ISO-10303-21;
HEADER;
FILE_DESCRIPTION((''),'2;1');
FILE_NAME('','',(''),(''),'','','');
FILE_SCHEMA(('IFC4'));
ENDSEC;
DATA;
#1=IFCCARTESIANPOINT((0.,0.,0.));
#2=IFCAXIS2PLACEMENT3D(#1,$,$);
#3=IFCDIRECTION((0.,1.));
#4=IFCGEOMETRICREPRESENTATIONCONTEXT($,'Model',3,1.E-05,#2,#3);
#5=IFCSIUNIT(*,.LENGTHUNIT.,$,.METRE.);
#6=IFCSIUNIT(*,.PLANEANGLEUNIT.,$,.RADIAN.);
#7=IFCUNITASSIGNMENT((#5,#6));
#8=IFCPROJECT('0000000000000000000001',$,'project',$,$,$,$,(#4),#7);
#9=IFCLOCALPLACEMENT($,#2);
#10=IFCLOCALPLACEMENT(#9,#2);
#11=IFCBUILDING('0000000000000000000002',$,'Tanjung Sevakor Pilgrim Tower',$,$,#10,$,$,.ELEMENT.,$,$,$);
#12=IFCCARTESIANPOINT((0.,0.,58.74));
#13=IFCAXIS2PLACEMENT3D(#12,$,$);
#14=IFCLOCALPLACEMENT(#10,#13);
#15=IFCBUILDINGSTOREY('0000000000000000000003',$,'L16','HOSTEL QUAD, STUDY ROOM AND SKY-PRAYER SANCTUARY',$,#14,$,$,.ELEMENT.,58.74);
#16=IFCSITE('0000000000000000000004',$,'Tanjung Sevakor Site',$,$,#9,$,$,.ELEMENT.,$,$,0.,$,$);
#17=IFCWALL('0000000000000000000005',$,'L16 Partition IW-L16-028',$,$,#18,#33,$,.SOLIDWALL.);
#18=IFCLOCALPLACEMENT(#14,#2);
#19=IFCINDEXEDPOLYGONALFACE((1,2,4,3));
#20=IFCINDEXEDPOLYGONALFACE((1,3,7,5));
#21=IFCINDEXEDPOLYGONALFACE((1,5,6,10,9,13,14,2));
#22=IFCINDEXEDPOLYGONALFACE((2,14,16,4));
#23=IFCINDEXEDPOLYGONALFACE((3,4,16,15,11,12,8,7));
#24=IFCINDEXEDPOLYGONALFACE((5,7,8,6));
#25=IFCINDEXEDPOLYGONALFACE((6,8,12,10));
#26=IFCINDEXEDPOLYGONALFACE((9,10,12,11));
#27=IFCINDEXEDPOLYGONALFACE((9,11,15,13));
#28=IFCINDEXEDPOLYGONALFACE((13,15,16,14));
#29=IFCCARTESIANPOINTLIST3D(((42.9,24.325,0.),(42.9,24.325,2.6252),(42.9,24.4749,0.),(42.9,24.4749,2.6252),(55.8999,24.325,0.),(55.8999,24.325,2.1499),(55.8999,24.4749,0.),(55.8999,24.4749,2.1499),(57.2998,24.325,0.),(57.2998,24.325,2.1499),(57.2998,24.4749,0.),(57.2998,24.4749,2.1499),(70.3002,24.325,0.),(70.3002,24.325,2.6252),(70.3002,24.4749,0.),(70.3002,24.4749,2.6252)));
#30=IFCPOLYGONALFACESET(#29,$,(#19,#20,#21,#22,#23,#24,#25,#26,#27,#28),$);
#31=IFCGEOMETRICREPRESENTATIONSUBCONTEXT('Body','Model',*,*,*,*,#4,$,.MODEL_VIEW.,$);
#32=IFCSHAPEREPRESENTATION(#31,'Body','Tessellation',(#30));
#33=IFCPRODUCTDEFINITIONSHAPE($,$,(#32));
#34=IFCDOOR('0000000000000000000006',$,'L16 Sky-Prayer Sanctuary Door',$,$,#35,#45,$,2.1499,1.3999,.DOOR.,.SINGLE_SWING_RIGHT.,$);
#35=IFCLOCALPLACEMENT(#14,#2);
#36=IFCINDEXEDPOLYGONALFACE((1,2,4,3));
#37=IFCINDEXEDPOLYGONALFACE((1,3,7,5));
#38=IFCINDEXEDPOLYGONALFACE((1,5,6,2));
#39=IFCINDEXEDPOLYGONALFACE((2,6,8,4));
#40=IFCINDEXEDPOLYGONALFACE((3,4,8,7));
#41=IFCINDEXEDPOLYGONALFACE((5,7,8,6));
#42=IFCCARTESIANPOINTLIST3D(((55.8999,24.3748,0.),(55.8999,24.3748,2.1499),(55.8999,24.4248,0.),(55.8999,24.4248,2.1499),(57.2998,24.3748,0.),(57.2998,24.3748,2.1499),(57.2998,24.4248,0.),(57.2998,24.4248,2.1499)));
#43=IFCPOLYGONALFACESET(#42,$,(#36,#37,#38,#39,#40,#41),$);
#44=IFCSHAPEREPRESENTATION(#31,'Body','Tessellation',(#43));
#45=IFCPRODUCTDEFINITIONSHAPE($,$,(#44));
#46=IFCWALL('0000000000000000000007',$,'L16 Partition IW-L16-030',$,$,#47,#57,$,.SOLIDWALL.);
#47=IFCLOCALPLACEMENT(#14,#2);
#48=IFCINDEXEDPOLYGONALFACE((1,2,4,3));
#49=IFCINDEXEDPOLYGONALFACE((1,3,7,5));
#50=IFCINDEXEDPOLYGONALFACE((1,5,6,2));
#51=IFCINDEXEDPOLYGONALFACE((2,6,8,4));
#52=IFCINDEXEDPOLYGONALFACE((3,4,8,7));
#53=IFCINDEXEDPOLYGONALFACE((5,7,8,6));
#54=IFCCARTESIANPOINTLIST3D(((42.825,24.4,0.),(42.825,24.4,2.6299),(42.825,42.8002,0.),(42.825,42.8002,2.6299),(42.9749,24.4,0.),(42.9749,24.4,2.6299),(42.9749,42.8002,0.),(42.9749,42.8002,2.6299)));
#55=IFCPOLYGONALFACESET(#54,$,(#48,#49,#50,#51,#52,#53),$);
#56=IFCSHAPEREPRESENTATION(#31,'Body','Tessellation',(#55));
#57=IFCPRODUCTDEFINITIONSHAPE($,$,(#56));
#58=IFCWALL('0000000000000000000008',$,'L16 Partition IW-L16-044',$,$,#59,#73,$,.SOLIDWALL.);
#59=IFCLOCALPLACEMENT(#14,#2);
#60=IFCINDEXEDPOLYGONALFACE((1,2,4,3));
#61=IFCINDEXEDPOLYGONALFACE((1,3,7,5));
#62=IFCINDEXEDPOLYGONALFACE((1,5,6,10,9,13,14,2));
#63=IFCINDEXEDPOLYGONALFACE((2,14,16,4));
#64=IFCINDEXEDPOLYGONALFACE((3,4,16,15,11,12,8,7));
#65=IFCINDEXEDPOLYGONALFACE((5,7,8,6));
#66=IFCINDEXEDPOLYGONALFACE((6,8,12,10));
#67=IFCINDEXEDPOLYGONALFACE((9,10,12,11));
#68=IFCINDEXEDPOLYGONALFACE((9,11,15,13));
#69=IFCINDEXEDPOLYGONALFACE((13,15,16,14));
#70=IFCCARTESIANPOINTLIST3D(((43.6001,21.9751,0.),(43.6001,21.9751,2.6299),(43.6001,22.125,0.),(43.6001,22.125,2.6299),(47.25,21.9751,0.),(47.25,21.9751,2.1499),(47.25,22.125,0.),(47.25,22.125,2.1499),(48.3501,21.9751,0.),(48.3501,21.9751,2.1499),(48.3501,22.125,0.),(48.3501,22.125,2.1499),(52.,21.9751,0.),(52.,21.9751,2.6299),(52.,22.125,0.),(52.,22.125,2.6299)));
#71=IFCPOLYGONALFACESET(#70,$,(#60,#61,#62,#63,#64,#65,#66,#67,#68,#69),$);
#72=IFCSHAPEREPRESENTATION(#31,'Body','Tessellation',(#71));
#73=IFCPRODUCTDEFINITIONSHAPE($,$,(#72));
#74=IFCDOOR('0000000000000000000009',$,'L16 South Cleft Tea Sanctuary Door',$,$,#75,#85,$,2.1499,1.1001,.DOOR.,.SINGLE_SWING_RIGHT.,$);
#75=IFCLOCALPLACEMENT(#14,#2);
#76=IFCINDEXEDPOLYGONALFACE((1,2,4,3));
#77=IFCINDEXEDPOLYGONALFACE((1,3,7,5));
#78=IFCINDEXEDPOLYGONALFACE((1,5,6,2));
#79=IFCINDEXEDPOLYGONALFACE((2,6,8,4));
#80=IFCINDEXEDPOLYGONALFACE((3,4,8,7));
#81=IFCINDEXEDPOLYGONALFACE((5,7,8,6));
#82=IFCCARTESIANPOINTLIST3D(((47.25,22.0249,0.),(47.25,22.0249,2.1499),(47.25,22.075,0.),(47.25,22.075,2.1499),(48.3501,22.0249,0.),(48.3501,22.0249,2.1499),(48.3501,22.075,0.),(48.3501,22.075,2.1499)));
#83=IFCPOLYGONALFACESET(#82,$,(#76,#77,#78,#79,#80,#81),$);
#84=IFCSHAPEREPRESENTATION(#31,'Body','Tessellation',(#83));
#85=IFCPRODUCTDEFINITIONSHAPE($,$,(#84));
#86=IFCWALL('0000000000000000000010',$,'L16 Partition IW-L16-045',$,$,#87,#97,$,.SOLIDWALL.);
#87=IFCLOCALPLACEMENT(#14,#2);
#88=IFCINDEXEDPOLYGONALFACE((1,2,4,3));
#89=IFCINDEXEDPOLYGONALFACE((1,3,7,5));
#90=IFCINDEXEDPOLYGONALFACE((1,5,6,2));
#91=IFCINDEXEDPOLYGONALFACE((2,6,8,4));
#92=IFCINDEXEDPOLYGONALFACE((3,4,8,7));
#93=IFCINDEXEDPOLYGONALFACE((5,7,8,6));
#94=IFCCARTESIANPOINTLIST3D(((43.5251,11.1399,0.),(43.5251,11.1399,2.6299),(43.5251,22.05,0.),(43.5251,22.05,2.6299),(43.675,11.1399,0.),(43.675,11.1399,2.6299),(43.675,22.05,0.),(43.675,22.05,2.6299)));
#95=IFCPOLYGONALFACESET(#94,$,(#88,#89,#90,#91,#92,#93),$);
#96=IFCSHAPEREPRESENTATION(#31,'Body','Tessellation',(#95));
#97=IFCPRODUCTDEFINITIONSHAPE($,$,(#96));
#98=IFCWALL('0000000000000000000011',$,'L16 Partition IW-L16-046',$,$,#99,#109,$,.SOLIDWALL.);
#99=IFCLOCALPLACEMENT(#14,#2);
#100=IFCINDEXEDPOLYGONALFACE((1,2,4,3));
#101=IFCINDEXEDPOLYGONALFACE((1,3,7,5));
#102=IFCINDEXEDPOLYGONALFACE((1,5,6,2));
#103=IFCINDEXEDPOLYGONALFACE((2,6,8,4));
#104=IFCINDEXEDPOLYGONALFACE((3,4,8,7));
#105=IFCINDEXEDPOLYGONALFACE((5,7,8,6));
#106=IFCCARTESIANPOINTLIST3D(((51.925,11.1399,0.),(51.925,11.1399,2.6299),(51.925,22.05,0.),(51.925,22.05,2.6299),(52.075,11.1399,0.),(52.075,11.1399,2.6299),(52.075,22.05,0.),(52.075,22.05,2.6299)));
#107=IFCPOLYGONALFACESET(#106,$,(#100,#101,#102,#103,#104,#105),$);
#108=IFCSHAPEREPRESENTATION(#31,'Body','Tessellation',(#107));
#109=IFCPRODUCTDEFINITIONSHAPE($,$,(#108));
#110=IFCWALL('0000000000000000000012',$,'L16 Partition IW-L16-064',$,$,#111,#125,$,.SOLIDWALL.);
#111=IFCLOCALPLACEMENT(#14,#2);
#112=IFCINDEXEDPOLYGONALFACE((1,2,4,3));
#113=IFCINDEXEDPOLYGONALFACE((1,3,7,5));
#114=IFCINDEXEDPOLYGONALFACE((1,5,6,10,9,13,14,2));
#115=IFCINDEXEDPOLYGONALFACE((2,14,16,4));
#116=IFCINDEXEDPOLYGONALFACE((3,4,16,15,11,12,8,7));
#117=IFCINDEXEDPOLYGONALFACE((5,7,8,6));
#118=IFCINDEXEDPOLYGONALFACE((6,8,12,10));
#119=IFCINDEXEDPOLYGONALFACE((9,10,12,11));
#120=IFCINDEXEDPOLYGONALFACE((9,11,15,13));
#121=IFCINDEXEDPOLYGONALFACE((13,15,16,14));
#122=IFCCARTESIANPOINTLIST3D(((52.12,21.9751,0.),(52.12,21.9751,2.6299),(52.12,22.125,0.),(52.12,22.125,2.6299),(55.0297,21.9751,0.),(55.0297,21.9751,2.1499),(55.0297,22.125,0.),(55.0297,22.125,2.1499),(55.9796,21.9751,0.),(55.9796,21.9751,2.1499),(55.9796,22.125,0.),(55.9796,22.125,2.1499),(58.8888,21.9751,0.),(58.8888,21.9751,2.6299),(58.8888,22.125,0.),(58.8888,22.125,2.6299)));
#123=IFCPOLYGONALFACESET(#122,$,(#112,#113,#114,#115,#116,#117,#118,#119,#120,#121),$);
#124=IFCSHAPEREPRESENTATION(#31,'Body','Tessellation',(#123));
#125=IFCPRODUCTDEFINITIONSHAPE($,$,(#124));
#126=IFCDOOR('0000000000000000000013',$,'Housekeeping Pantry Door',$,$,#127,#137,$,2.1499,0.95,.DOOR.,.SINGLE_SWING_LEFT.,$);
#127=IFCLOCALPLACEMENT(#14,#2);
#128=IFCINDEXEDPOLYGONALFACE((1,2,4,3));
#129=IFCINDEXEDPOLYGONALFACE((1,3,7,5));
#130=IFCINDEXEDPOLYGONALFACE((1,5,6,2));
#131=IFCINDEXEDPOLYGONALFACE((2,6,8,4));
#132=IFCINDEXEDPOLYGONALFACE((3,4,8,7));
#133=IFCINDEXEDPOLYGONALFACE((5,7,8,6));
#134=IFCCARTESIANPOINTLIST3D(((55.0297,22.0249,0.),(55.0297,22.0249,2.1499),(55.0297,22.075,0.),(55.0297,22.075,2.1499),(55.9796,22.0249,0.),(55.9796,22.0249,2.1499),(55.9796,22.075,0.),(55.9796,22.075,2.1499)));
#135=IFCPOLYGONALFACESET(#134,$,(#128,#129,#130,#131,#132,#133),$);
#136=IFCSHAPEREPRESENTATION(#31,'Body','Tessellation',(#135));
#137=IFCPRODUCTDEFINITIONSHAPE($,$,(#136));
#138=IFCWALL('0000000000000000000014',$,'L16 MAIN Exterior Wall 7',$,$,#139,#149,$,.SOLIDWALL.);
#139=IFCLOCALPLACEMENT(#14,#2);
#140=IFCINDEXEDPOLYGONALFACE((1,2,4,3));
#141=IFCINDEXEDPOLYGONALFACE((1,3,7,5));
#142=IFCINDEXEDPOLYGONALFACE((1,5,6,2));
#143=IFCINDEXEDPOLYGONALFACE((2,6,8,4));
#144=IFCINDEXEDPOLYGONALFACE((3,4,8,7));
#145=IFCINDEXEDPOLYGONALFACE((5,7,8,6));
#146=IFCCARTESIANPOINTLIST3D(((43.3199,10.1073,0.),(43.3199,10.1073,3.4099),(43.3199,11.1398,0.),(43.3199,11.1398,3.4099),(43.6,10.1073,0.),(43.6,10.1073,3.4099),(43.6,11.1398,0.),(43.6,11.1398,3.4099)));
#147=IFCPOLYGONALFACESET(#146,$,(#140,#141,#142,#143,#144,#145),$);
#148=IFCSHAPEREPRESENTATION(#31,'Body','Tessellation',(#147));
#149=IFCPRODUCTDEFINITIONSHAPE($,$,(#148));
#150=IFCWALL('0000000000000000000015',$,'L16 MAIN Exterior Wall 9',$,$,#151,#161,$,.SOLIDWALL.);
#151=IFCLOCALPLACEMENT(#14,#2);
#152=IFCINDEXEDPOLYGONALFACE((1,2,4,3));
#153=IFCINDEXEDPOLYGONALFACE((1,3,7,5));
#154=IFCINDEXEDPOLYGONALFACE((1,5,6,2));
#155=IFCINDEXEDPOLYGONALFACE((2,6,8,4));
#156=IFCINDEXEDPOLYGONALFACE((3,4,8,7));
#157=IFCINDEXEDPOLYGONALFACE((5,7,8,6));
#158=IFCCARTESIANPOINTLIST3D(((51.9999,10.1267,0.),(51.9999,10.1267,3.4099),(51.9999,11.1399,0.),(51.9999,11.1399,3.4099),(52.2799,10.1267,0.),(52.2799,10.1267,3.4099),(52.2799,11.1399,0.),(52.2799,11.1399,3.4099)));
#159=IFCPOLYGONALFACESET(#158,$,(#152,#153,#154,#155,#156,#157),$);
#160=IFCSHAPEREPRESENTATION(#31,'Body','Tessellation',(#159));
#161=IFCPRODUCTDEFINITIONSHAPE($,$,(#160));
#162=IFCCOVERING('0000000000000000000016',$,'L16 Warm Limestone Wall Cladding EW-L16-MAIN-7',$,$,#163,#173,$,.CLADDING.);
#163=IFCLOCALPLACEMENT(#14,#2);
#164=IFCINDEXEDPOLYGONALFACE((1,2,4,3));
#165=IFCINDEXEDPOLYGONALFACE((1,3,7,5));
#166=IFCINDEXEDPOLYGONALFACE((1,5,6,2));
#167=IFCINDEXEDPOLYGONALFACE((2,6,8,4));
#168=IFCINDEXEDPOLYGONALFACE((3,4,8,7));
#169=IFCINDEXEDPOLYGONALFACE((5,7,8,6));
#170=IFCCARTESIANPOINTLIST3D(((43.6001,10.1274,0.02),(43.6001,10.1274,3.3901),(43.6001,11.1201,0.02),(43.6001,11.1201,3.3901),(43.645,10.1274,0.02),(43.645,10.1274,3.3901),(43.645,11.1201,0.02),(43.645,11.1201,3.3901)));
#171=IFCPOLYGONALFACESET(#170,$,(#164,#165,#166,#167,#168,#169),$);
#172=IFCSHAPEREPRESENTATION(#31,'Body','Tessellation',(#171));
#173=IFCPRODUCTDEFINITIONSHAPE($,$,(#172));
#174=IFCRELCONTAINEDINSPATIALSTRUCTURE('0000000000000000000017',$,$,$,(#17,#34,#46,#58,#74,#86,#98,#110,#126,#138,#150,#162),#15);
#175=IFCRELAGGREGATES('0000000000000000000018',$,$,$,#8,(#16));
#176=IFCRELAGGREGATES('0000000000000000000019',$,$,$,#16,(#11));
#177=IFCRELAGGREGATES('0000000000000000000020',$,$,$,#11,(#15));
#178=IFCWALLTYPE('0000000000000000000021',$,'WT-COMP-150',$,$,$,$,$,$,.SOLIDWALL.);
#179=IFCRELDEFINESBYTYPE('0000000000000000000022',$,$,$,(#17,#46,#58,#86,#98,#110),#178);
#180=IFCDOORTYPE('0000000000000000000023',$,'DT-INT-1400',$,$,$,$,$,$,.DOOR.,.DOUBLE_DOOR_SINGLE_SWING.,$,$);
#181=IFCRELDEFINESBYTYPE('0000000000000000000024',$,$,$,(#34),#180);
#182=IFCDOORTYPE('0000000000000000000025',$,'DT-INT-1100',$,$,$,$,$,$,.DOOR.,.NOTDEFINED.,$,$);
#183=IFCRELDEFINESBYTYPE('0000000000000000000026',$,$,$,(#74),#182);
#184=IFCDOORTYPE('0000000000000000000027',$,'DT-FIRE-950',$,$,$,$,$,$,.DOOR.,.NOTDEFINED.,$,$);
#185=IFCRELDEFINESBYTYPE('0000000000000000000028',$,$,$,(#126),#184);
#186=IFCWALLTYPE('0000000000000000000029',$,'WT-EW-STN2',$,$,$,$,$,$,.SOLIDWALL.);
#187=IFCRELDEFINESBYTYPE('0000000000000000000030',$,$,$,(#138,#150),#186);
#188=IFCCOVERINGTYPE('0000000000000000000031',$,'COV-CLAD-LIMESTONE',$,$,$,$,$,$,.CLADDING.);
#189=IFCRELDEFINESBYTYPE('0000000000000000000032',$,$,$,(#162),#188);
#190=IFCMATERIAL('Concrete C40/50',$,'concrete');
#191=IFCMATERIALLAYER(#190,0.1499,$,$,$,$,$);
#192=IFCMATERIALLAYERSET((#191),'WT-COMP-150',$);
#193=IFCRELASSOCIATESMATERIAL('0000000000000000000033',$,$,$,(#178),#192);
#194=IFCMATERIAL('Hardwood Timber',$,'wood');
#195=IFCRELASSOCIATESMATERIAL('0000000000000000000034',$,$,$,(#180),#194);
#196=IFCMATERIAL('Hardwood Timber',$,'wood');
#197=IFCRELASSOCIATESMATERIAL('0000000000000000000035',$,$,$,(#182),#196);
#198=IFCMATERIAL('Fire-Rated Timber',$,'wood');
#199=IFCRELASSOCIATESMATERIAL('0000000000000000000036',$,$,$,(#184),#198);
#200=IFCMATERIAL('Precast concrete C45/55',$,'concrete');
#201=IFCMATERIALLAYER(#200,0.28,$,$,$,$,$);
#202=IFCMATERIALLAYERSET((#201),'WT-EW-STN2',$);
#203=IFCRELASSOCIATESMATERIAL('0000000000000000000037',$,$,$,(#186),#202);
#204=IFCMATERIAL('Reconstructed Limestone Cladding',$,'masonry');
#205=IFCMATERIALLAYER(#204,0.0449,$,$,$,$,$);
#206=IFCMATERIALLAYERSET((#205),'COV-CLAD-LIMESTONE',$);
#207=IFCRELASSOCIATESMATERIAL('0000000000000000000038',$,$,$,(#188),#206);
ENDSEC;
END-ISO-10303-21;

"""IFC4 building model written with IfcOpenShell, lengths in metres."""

from ifc_helpers import new_model, si_unit, direction, frame, frame_2d, origin, origin_2d, place, context, subcontext, project, spatial, rectangle, extrude, material, layer, layer_set, type_object, element, fill, save


model = new_model("IFC4")

# Units and contexts
model_context = context("Model", 3, precision=1e-05, world=origin(), true_north=direction((0.0, 1.0)))
body_context = subcontext(model_context, "Body", "Model", "MODEL_VIEW")
ifc_project = project(units=[si_unit("LENGTHUNIT", "METRE"), si_unit("PLANEANGLEUNIT", "RADIAN")], contexts=[model_context])

# Site, building, storey
site_placement = place(None, origin())
site = spatial("IfcSite", under=ifc_project, at=site_placement, Name="Tanjung Sevakor Site", CompositionType="ELEMENT", RefElevation=0.0)
building_placement = place(site_placement, origin())
building = spatial("IfcBuilding", under=site, at=building_placement, Name="Tanjung Sevakor Pilgrim Tower", CompositionType="ELEMENT")
storey_placement = place(building_placement, frame((0.0, 0.0, 58.74)))
storey = spatial("IfcBuildingStorey", under=building, at=storey_placement, Name="L16", Description="HOSTEL QUAD, STUDY ROOM AND SKY-PRAYER SANCTUARY", CompositionType="ELEMENT", Elevation=58.74)

# Wall, opening, door
ifc_material_1 = material(Name="Concrete C40/50", Category="concrete")
ifc_layer_1 = layer(ifc_material_1, 0.1499)
ifc_layer_set_1 = layer_set([ifc_layer_1], Name="WT-COMP-150")
wall_type_1 = type_object("IfcWallType", Name="WT-COMP-150", PredefinedType="SOLIDWALL", material=ifc_layer_set_1)
wall_1_placement = place(storey_placement, frame((42.8999, 24.3999, 0.0), z_axis=(0.0, 0.0, 1.0), x_axis=(1.0, 0.0, 0.0)))
wall_1 = element("IfcWall", 1, at=wall_1_placement, inside=storey, type_object=wall_type_1, Name="L16 Partition IW-L16-028", PredefinedType="SOLIDWALL", context=body_context, shape_type="SweptSolid", body=[
    extrude(rectangle(XDim=27.4001, YDim=0.1499, at=frame_2d((13.7002, 0.0))), origin(), (0.0, 0.0, 1.0), 2.6252),
])
opening_1_placement = place(wall_1_placement, frame((13.0, 0.0, 0.0)))
opening_1 = element("IfcOpeningElement", 2, at=opening_1_placement, cuts=wall_1, PredefinedType="OPENING", context=body_context, shape_type="SweptSolid", body=[
    extrude(rectangle(XDim=1.3999, YDim=2.1499, at=frame_2d((0.7, 1.075))), frame((0.0, 0.085, 0.0), z_axis=(0.0, -1.0, 0.0), x_axis=(1.0, 0.0, 0.0)), (0.0, 0.0, 1.0), 0.1699),
])
ifc_material_2 = material(Name="Hardwood Timber", Category="wood")
door_type_1 = type_object("IfcDoorType", Name="DT-INT-1400", OperationType="DOUBLE_DOOR_SINGLE_SWING", PredefinedType="DOOR", material=ifc_material_2)
door_1_placement = place(opening_1_placement, origin())
door_1 = element("IfcDoor", 3, at=door_1_placement, inside=storey, type_object=door_type_1, Name="L16 Sky-Prayer Sanctuary Door", OperationType="SINGLE_SWING_RIGHT", OverallHeight=2.1499, OverallWidth=1.3999, PredefinedType="DOOR", context=body_context, shape_type="SweptSolid", body=[
    extrude(rectangle(XDim=1.3999, YDim=2.1499, at=frame_2d((0.7, 1.075))), frame((0.0, 0.0249, 0.0), z_axis=(0.0, -1.0, 0.0), x_axis=(1.0, 0.0, 0.0)), (0.0, 0.0, 1.0), 0.05),
])
fill(opening_1, door_1)

# Wall
wall_2_placement = place(storey_placement, frame((42.8999, 24.3999, 0.0), z_axis=(0.0, 0.0, 1.0), x_axis=(0.0, 1.0, 0.0)))
element("IfcWall", 4, at=wall_2_placement, inside=storey, type_object=wall_type_1, Name="L16 Partition IW-L16-030", PredefinedType="SOLIDWALL", context=body_context, shape_type="SweptSolid", body=[
    extrude(rectangle(XDim=18.4001, YDim=0.1499, at=frame_2d((9.2002, 0.0))), origin(), (0.0, 0.0, 1.0), 2.6299),
])

# Wall, opening, door
wall_3_placement = place(storey_placement, frame((43.6001, 22.05, 0.0), z_axis=(0.0, 0.0, 1.0), x_axis=(1.0, 0.0, 0.0)))
wall_3 = element("IfcWall", 5, at=wall_3_placement, inside=storey, type_object=wall_type_1, Name="L16 Partition IW-L16-044", PredefinedType="SOLIDWALL", context=body_context, shape_type="SweptSolid", body=[
    extrude(rectangle(XDim=8.3999, YDim=0.1499, at=frame_2d((4.2, 0.0))), origin(), (0.0, 0.0, 1.0), 2.6299),
])
opening_2_placement = place(wall_3_placement, frame((3.6499, 0.0, 0.0)))
opening_2 = element("IfcOpeningElement", 6, at=opening_2_placement, cuts=wall_3, PredefinedType="OPENING", context=body_context, shape_type="SweptSolid", body=[
    extrude(rectangle(XDim=1.1001, YDim=2.1499, at=frame_2d((0.55, 1.075))), frame((0.0, 0.085, 0.0), z_axis=(0.0, -1.0, 0.0), x_axis=(1.0, 0.0, 0.0)), (0.0, 0.0, 1.0), 0.1699),
])
ifc_material_3 = material(Name="Hardwood Timber", Category="wood")
door_type_2 = type_object("IfcDoorType", Name="DT-INT-1100", OperationType="NOTDEFINED", PredefinedType="DOOR", material=ifc_material_3)
door_2_placement = place(opening_2_placement, origin())
door_2 = element("IfcDoor", 7, at=door_2_placement, inside=storey, type_object=door_type_2, Name="L16 South Cleft Tea Sanctuary Door", OperationType="SINGLE_SWING_RIGHT", OverallHeight=2.1499, OverallWidth=1.1001, PredefinedType="DOOR", context=body_context, shape_type="SweptSolid", body=[
    extrude(rectangle(XDim=1.1001, YDim=2.1499, at=frame_2d((0.55, 1.075))), frame((0.0, 0.0249, 0.0), z_axis=(0.0, -1.0, 0.0), x_axis=(1.0, 0.0, 0.0)), (0.0, 0.0, 1.0), 0.05),
])
fill(opening_2, door_2)

# Walls
for number, where, z_axis, x_axis, name in (
    (8, (43.6001, 11.1399, 0.0), (0.0, 0.0, 1.0), (0.0, 1.0, 0.0), "L16 Partition IW-L16-045"),
    (9, (52.0, 11.1399, 0.0), (0.0, 0.0, 1.0), (0.0, 1.0, 0.0), "L16 Partition IW-L16-046"),
):
    element("IfcWall", number, at=place(storey_placement, frame(where, z_axis=z_axis, x_axis=x_axis)), inside=storey, type_object=wall_type_1, Name=name, PredefinedType="SOLIDWALL", context=body_context, shape_type="SweptSolid", body=[
        extrude(rectangle(XDim=10.9102, YDim=0.1499, at=frame_2d((5.4551, 0.0))), origin(), (0.0, 0.0, 1.0), 2.6299),
    ])

# Wall, opening, door
wall_4_placement = place(storey_placement, frame((52.1201, 22.05, 0.0), z_axis=(0.0, 0.0, 1.0), x_axis=(1.0, 0.0, 0.0)))
wall_4 = element("IfcWall", 10, at=wall_4_placement, inside=storey, type_object=wall_type_1, Name="L16 Partition IW-L16-064", PredefinedType="SOLIDWALL", context=body_context, shape_type="SweptSolid", body=[
    extrude(rectangle(XDim=6.7688, YDim=0.1499, at=frame_2d((3.3843, 0.0))), origin(), (0.0, 0.0, 1.0), 2.6299),
])
opening_3_placement = place(wall_4_placement, frame((2.9094, 0.0, 0.0)))
opening_3 = element("IfcOpeningElement", 11, at=opening_3_placement, cuts=wall_4, PredefinedType="OPENING", context=body_context, shape_type="SweptSolid", body=[
    extrude(rectangle(XDim=0.95, YDim=2.1499, at=frame_2d((0.4751, 1.075))), frame((0.0, 0.085, 0.0), z_axis=(0.0, -1.0, 0.0), x_axis=(1.0, 0.0, 0.0)), (0.0, 0.0, 1.0), 0.1699),
])
ifc_material_4 = material(Name="Fire-Rated Timber", Category="wood")
door_type_3 = type_object("IfcDoorType", Name="DT-FIRE-950", OperationType="NOTDEFINED", PredefinedType="DOOR", material=ifc_material_4)
door_3_placement = place(opening_3_placement, origin())
door_3 = element("IfcDoor", 12, at=door_3_placement, inside=storey, type_object=door_type_3, Name="Housekeeping Pantry Door", OperationType="SINGLE_SWING_LEFT", OverallHeight=2.1499, OverallWidth=0.95, PredefinedType="DOOR", context=body_context, shape_type="SweptSolid", body=[
    extrude(rectangle(XDim=0.95, YDim=2.1499, at=frame_2d((0.4751, 1.075))), frame((0.0, 0.0249, 0.0), z_axis=(0.0, -1.0, 0.0), x_axis=(1.0, 0.0, 0.0)), (0.0, 0.0, 1.0), 0.05),
])
fill(opening_3, door_3)

# Walls
ifc_material_5 = material(Name="Precast concrete C45/55", Category="concrete")
ifc_layer_2 = layer(ifc_material_5, 0.28)
ifc_layer_set_2 = layer_set([ifc_layer_2], Name="WT-EW-STN2")
wall_type_2 = type_object("IfcWallType", Name="WT-EW-STN2", PredefinedType="SOLIDWALL", material=ifc_layer_set_2)
wall_5_placement = place(storey_placement, frame((43.46, 10.1074, 0.0), z_axis=(0.0, 0.0, 1.0), x_axis=(0.0, 1.0, 0.0)))
element("IfcWall", 13, at=wall_5_placement, inside=storey, type_object=wall_type_2, Name="L16 MAIN Exterior Wall 7", PredefinedType="SOLIDWALL", context=body_context, shape_type="SweptSolid", body=[
    extrude(rectangle(XDim=1.0325, YDim=0.28, at=frame_2d((0.5161, 0.0))), origin(), (0.0, 0.0, 1.0), 3.4099),
])
wall_6_placement = place(storey_placement, frame((52.1399, 11.1399, 0.0), z_axis=(0.0, 0.0, 1.0), x_axis=(0.0, -1.0, 0.0)))
element("IfcWall", 14, at=wall_6_placement, inside=storey, type_object=wall_type_2, Name="L16 MAIN Exterior Wall 9", PredefinedType="SOLIDWALL", context=body_context, shape_type="SweptSolid", body=[
    extrude(rectangle(XDim=1.0132, YDim=0.28, at=frame_2d((0.5066, 0.0))), origin(), (0.0, 0.0, 1.0), 3.4099),
])

# Covering
ifc_material_6 = material(Name="Reconstructed Limestone Cladding", Category="masonry")
ifc_layer_3 = layer(ifc_material_6, 0.0449)
ifc_layer_set_3 = layer_set([ifc_layer_3], Name="COV-CLAD-LIMESTONE")
covering_type = type_object("IfcCoveringType", Name="COV-CLAD-LIMESTONE", PredefinedType="CLADDING", material=ifc_layer_set_3)
covering_1_placement = place(storey_placement, frame((43.6226, 10.6238, 0.02), z_axis=(0.0, 0.0, 1.0), x_axis=(0.0, 1.0, 0.0)))
element("IfcCovering", 15, at=covering_1_placement, inside=storey, type_object=covering_type, Name="L16 Warm Limestone Wall Cladding EW-L16-MAIN-7", PredefinedType="CLADDING", context=body_context, shape_type="SweptSolid", body=[
    extrude(rectangle(XDim=0.9927, YDim=0.0449, at=origin_2d()), origin(), (0.0, 0.0, 1.0), 3.3701),
])

save(model, "model.ifc")
